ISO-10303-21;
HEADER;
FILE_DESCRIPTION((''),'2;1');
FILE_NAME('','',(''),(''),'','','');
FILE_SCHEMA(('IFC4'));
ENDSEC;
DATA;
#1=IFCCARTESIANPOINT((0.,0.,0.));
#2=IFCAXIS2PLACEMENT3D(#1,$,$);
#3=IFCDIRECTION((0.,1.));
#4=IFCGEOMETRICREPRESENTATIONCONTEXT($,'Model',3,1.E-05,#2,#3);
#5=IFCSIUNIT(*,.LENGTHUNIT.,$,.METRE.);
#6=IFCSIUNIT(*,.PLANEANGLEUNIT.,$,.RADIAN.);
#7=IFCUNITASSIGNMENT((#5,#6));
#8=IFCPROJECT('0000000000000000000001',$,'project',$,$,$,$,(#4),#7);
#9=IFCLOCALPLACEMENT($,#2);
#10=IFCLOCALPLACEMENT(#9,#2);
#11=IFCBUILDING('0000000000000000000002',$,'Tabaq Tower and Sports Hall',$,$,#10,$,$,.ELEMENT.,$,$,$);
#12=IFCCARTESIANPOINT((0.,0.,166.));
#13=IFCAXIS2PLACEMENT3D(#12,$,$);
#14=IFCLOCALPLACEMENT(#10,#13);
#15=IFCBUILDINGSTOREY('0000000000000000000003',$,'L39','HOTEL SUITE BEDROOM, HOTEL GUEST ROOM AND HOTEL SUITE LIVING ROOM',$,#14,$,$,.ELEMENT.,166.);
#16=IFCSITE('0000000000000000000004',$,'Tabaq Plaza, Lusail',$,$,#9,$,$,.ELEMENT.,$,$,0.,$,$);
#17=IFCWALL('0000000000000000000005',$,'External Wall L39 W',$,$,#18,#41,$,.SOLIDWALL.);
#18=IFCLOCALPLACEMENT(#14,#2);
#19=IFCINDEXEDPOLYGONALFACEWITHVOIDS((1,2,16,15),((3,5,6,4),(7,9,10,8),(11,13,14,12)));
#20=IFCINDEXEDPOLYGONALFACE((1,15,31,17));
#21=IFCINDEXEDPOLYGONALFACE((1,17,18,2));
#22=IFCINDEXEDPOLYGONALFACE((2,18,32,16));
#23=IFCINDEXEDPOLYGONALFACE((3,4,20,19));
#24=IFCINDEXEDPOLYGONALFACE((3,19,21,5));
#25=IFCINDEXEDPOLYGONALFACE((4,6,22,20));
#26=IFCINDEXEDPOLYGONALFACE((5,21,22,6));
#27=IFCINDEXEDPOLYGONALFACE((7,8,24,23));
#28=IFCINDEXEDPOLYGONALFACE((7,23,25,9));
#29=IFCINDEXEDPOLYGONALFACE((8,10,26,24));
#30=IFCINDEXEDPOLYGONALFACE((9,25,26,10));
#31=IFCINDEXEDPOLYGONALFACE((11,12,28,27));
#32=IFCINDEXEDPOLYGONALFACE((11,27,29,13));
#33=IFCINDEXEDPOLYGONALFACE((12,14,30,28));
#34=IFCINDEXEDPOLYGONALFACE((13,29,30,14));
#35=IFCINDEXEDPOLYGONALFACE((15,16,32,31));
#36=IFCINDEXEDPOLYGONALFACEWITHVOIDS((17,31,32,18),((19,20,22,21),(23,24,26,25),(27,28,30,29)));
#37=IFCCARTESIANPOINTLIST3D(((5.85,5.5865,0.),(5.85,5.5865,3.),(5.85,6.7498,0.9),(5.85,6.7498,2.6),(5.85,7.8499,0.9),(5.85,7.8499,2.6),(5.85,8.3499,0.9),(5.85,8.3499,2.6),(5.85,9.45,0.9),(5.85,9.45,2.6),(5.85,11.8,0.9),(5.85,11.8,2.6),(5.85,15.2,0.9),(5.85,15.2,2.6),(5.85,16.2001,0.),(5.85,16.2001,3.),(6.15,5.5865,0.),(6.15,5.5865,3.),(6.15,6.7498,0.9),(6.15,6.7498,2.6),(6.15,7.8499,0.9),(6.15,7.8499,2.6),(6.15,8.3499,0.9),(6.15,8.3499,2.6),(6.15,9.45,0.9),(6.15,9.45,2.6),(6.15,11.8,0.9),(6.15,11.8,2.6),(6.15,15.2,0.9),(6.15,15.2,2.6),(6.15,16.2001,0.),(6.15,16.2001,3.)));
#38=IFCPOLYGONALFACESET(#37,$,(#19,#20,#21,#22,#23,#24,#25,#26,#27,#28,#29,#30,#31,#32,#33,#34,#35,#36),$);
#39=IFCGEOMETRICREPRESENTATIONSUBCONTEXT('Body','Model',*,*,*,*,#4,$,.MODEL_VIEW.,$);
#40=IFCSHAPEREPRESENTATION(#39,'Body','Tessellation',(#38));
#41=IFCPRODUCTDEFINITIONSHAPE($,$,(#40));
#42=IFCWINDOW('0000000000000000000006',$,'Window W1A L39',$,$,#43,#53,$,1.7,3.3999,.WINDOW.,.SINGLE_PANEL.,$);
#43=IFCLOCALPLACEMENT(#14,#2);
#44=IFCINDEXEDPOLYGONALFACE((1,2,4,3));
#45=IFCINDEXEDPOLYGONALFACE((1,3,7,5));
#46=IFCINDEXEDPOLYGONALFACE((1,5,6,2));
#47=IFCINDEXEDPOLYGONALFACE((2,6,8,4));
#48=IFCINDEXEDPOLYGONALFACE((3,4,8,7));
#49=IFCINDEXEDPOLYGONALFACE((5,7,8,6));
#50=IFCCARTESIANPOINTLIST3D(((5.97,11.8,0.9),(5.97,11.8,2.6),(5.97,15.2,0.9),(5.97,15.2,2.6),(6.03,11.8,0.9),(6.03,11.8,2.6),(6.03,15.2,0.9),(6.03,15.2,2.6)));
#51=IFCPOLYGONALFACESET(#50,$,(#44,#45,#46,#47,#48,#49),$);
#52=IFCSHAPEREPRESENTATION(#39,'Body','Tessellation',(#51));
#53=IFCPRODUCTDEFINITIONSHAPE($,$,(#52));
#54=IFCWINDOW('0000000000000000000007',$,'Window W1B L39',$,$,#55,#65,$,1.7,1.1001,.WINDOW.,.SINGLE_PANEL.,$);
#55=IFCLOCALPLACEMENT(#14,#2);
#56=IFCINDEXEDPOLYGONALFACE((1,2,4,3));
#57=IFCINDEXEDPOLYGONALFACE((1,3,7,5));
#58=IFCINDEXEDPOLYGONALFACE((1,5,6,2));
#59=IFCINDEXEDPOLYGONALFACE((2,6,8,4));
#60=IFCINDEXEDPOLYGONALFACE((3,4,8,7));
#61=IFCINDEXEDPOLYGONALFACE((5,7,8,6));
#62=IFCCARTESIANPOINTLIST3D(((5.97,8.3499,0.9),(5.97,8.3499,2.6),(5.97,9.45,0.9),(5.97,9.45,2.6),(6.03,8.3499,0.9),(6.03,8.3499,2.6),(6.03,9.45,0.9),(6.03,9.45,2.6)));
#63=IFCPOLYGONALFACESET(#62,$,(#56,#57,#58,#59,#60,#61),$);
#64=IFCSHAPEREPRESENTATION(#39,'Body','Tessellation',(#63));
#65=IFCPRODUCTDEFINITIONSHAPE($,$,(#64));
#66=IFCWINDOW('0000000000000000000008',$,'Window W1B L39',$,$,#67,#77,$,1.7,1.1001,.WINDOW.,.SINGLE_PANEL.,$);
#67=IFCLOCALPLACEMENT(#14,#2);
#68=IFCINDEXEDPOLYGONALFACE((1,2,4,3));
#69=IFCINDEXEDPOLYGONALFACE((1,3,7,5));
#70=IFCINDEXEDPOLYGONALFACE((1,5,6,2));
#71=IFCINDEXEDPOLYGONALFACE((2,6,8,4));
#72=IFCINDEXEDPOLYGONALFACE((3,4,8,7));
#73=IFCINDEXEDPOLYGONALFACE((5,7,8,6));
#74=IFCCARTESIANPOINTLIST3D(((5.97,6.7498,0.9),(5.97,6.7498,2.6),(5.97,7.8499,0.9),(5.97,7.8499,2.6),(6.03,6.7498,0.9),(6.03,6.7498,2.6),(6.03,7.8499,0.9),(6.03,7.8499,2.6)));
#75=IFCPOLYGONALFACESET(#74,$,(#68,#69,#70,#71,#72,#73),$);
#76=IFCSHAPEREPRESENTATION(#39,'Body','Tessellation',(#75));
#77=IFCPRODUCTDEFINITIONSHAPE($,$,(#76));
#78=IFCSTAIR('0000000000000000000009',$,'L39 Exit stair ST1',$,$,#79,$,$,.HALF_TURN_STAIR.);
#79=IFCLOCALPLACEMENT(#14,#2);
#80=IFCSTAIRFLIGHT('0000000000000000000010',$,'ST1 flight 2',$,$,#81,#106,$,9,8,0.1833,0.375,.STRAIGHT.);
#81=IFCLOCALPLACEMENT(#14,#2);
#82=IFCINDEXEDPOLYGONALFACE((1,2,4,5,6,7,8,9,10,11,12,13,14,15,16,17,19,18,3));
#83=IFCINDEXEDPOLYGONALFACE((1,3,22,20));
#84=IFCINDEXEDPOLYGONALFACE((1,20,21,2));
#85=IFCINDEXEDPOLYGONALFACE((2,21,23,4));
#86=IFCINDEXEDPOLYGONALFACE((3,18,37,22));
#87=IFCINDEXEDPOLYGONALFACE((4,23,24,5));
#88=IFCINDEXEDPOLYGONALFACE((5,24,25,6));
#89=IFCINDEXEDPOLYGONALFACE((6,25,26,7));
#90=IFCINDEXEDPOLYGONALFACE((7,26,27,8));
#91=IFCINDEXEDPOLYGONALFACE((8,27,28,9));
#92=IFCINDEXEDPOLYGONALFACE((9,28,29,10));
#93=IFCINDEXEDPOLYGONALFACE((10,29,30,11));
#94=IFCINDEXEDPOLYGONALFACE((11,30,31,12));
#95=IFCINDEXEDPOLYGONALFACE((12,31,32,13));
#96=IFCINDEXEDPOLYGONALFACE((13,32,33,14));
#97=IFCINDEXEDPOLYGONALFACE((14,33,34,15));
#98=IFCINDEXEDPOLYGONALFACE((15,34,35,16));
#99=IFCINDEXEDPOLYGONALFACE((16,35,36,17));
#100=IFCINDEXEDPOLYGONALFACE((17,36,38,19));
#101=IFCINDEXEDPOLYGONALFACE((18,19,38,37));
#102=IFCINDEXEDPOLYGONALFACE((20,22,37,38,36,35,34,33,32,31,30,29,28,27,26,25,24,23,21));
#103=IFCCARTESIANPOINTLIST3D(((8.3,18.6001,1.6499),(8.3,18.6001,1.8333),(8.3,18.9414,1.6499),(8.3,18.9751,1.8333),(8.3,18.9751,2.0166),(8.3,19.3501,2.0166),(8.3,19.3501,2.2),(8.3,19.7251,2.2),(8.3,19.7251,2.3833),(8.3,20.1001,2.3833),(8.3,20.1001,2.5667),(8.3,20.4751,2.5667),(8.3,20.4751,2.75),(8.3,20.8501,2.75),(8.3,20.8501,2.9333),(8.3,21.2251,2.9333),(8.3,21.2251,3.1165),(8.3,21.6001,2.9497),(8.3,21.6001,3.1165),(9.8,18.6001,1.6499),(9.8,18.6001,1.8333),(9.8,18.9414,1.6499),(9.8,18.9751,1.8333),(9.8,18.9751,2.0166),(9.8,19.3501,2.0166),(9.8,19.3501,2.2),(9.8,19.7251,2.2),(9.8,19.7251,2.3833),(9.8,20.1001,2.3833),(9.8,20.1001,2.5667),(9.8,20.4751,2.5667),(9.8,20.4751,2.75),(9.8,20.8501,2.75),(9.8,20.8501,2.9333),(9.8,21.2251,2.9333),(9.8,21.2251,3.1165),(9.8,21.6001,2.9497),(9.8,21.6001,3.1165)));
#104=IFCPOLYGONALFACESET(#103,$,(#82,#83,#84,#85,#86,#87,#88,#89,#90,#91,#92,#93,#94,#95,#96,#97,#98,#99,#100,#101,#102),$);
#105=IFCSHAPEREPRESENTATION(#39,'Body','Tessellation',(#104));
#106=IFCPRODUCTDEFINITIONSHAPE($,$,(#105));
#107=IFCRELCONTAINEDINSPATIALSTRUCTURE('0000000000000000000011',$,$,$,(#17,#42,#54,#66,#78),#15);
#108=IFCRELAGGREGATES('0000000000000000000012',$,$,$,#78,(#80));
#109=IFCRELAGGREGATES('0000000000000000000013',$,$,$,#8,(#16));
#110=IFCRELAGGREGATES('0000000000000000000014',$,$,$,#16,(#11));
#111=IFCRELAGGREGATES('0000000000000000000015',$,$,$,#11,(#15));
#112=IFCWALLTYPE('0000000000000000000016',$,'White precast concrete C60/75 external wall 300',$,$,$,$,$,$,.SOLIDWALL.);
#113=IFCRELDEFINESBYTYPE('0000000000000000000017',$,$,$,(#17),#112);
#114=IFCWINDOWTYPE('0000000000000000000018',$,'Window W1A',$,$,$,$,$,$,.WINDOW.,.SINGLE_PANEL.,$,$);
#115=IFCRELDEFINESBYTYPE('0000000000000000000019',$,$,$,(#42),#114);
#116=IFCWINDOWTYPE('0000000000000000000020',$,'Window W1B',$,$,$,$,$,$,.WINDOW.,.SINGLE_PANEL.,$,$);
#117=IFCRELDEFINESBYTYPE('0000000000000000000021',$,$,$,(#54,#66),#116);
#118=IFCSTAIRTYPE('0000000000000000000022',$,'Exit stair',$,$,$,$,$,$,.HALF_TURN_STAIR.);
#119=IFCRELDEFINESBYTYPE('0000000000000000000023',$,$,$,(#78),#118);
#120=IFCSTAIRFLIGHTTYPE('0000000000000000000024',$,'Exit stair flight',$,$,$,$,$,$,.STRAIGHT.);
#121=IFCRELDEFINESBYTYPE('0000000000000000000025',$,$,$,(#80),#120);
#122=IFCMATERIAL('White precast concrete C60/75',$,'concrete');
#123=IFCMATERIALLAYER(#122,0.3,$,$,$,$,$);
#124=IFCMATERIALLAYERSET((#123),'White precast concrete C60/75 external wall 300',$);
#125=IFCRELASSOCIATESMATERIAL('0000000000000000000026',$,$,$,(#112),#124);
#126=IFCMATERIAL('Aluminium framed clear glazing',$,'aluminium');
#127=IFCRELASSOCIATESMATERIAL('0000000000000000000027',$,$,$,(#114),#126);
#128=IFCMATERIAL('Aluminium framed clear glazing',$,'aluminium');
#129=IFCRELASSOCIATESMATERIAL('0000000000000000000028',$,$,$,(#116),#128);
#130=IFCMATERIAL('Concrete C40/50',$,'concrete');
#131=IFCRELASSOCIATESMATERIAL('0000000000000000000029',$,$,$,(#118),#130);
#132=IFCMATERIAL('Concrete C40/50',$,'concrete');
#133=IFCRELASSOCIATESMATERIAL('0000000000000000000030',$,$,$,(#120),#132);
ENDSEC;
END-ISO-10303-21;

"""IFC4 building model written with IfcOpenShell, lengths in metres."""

from ifc_helpers import new_model, si_unit, direction, frame, frame_2d, origin, place, context, subcontext, project, spatial, polyline, rectangle, outline, extrude, material, layer, layer_set, type_object, element, fill, aggregate, save


model = new_model("IFC4")

# Units and contexts
model_context = context("Model", 3, precision=1e-05, world=origin(), true_north=direction((0.0, 1.0)))
body_context = subcontext(model_context, "Body", "Model", "MODEL_VIEW")
ifc_project = project(units=[si_unit("LENGTHUNIT", "METRE"), si_unit("PLANEANGLEUNIT", "RADIAN")], contexts=[model_context])

# Site, building, storey
site_placement = place(None, origin())
site = spatial("IfcSite", under=ifc_project, at=site_placement, Name="Tabaq Plaza, Lusail", CompositionType="ELEMENT", RefElevation=0.0)
building_placement = place(site_placement, origin())
building = spatial("IfcBuilding", under=site, at=building_placement, Name="Tabaq Tower and Sports Hall", CompositionType="ELEMENT")
storey_placement = place(building_placement, frame((0.0, 0.0, 166.0)))
storey = spatial("IfcBuildingStorey", under=building, at=storey_placement, Name="L39", Description="HOTEL SUITE BEDROOM, HOTEL GUEST ROOM AND HOTEL SUITE LIVING ROOM", CompositionType="ELEMENT", Elevation=166.0)

# Wall, openings, windows
ifc_material_1 = material(Name="White precast concrete C60/75", Category="concrete")
ifc_layer_1 = layer(ifc_material_1, 0.3)
ifc_layer_set_1 = layer_set([ifc_layer_1], Name="White precast concrete C60/75 external wall 300")
wall_type_1 = type_object("IfcWallType", Name="White precast concrete C60/75 external wall 300", PredefinedType="SOLIDWALL", material=ifc_layer_set_1)
wall_1_placement = place(storey_placement, frame((6.0, 16.2, 0.0), z_axis=(0.0, 0.0, 1.0), x_axis=(0.0, -1.0, 0.0)))
wall_1 = element("IfcWall", 1, at=wall_1_placement, inside=storey, type_object=wall_type_1, Name="External Wall L39 W", PredefinedType="SOLIDWALL", context=body_context, shape_type="SweptSolid", body=[
    extrude(rectangle(XDim=10.6135, YDim=0.3, at=frame_2d((5.3066, 0.0))), origin(), (0.0, 0.0, 1.0), 3.0),
])
opening_1_placement = place(wall_1_placement, frame((1.0, 0.0, 0.8999)))
opening_1 = element("IfcOpeningElement", 2, at=opening_1_placement, cuts=wall_1, PredefinedType="OPENING", context=body_context, shape_type="SweptSolid", body=[
    extrude(rectangle(XDim=3.3999, YDim=1.7, at=frame_2d((1.7, 0.8501))), frame((0.0, 0.1602, 0.0), z_axis=(0.0, -1.0, 0.0), x_axis=(1.0, 0.0, 0.0)), (0.0, 0.0, 1.0), 0.3201),
])
opening_2_placement = place(wall_1_placement, frame((6.75, 0.0, 0.8999)))
opening_2 = element("IfcOpeningElement", 3, at=opening_2_placement, cuts=wall_1, PredefinedType="OPENING", context=body_context, shape_type="SweptSolid", body=[
    extrude(rectangle(XDim=1.1001, YDim=1.7, at=frame_2d((0.55, 0.8501))), frame((0.0, 0.1602, 0.0), z_axis=(0.0, -1.0, 0.0), x_axis=(1.0, 0.0, 0.0)), (0.0, 0.0, 1.0), 0.3201),
])
opening_3_placement = place(wall_1_placement, frame((8.3501, 0.0, 0.8999)))
opening_3 = element("IfcOpeningElement", 4, at=opening_3_placement, cuts=wall_1, PredefinedType="OPENING", context=body_context, shape_type="SweptSolid", body=[
    extrude(rectangle(XDim=1.1001, YDim=1.7, at=frame_2d((0.55, 0.8501))), frame((0.0, 0.1602, 0.0), z_axis=(0.0, -1.0, 0.0), x_axis=(1.0, 0.0, 0.0)), (0.0, 0.0, 1.0), 0.3201),
])
ifc_material_2 = material(Name="Aluminium framed clear glazing", Category="aluminium")
window_type_1 = type_object("IfcWindowType", Name="Window W1A", PartitioningType="SINGLE_PANEL", PredefinedType="WINDOW", material=ifc_material_2)
window_1_placement = place(opening_1_placement, origin())
window_1 = element("IfcWindow", 5, at=window_1_placement, inside=storey, type_object=window_type_1, Name="Window W1A L39", OverallHeight=1.7, OverallWidth=3.3999, PartitioningType="SINGLE_PANEL", PredefinedType="WINDOW", context=body_context, shape_type="SweptSolid", body=[
    extrude(rectangle(XDim=3.3999, YDim=1.7, at=frame_2d((1.7, 0.8501))), frame((0.0, 0.03, 0.0), z_axis=(0.0, -1.0, 0.0), x_axis=(1.0, 0.0, 0.0)), (0.0, 0.0, 1.0), 0.0601),
])
fill(opening_1, window_1)
ifc_material_3 = material(Name="Aluminium framed clear glazing", Category="aluminium")
window_type_2 = type_object("IfcWindowType", Name="Window W1B", PartitioningType="SINGLE_PANEL", PredefinedType="WINDOW", material=ifc_material_3)
window_2_placement = place(opening_2_placement, origin())
window_2 = element("IfcWindow", 6, at=window_2_placement, inside=storey, type_object=window_type_2, Name="Window W1B L39", OverallHeight=1.7, OverallWidth=1.1001, PartitioningType="SINGLE_PANEL", PredefinedType="WINDOW", context=body_context, shape_type="SweptSolid", body=[
    extrude(rectangle(XDim=1.1001, YDim=1.7, at=frame_2d((0.55, 0.8501))), frame((0.0, 0.03, 0.0), z_axis=(0.0, -1.0, 0.0), x_axis=(1.0, 0.0, 0.0)), (0.0, 0.0, 1.0), 0.0601),
])
fill(opening_2, window_2)
window_3_placement = place(opening_3_placement, origin())
window_3 = element("IfcWindow", 7, at=window_3_placement, inside=storey, type_object=window_type_2, Name="Window W1B L39", OverallHeight=1.7, OverallWidth=1.1001, PartitioningType="SINGLE_PANEL", PredefinedType="WINDOW", context=body_context, shape_type="SweptSolid", body=[
    extrude(rectangle(XDim=1.1001, YDim=1.7, at=frame_2d((0.55, 0.8501))), frame((0.0, 0.03, 0.0), z_axis=(0.0, -1.0, 0.0), x_axis=(1.0, 0.0, 0.0)), (0.0, 0.0, 1.0), 0.0601),
])
fill(opening_3, window_3)

# Stair, stair flight
ifc_material_4 = material(Name="Concrete C40/50", Category="concrete")
stair_type = type_object("IfcStairType", Name="Exit stair", PredefinedType="HALF_TURN_STAIR", material=ifc_material_4)
stair_placement = place(storey_placement, origin())
stair = element("IfcStair", 8, at=stair_placement, inside=storey, type_object=stair_type, Name="L39 Exit stair ST1", PredefinedType="HALF_TURN_STAIR")
ifc_material_5 = material(Name="Concrete C40/50", Category="concrete")
stair_flight_type = type_object("IfcStairFlightType", Name="Exit stair flight", PredefinedType="STRAIGHT", material=ifc_material_5)
stair_flight_placement = place(storey_placement, frame((9.05, 18.6001, 1.6499), z_axis=(0.0, 0.0, 1.0), x_axis=(0.0, 1.0, 0.0)))
stair_flight = element("IfcStairFlight", 9, at=stair_flight_placement, type_object=stair_flight_type, Name="ST1 flight 2", NumberOfRisers=9, NumberOfTreads=8, PredefinedType="STRAIGHT", RiserHeight=0.1833, TreadLength=0.375, context=body_context, shape_type="SweptSolid", body=[
    extrude(outline(polyline([(0.0, 0.0), (0.0, 0.1833), (0.375, 0.1833), (0.375, 0.3667), (0.75, 0.3667), (0.75, 0.55), (1.125, 0.55), (1.125, 0.7334), (1.5, 0.7334), (1.5, 0.9167), (1.875, 0.9167), (1.875, 1.1001), (2.25, 1.1001), (2.25, 1.2834), (2.625, 1.2834), (2.625, 1.4666), (3.0, 1.4666), (3.0, 1.6499), (3.0, 1.2998), (0.3413, 0.0), (0.0, 0.0)])), frame((0.0, 0.75, 0.0), z_axis=(0.0, -1.0, 0.0), x_axis=(1.0, 0.0, 0.0)), (0.0, 0.0, 1.0), 1.5),
])
aggregate(stair, [stair_flight])

save(model, "model.ifc")
